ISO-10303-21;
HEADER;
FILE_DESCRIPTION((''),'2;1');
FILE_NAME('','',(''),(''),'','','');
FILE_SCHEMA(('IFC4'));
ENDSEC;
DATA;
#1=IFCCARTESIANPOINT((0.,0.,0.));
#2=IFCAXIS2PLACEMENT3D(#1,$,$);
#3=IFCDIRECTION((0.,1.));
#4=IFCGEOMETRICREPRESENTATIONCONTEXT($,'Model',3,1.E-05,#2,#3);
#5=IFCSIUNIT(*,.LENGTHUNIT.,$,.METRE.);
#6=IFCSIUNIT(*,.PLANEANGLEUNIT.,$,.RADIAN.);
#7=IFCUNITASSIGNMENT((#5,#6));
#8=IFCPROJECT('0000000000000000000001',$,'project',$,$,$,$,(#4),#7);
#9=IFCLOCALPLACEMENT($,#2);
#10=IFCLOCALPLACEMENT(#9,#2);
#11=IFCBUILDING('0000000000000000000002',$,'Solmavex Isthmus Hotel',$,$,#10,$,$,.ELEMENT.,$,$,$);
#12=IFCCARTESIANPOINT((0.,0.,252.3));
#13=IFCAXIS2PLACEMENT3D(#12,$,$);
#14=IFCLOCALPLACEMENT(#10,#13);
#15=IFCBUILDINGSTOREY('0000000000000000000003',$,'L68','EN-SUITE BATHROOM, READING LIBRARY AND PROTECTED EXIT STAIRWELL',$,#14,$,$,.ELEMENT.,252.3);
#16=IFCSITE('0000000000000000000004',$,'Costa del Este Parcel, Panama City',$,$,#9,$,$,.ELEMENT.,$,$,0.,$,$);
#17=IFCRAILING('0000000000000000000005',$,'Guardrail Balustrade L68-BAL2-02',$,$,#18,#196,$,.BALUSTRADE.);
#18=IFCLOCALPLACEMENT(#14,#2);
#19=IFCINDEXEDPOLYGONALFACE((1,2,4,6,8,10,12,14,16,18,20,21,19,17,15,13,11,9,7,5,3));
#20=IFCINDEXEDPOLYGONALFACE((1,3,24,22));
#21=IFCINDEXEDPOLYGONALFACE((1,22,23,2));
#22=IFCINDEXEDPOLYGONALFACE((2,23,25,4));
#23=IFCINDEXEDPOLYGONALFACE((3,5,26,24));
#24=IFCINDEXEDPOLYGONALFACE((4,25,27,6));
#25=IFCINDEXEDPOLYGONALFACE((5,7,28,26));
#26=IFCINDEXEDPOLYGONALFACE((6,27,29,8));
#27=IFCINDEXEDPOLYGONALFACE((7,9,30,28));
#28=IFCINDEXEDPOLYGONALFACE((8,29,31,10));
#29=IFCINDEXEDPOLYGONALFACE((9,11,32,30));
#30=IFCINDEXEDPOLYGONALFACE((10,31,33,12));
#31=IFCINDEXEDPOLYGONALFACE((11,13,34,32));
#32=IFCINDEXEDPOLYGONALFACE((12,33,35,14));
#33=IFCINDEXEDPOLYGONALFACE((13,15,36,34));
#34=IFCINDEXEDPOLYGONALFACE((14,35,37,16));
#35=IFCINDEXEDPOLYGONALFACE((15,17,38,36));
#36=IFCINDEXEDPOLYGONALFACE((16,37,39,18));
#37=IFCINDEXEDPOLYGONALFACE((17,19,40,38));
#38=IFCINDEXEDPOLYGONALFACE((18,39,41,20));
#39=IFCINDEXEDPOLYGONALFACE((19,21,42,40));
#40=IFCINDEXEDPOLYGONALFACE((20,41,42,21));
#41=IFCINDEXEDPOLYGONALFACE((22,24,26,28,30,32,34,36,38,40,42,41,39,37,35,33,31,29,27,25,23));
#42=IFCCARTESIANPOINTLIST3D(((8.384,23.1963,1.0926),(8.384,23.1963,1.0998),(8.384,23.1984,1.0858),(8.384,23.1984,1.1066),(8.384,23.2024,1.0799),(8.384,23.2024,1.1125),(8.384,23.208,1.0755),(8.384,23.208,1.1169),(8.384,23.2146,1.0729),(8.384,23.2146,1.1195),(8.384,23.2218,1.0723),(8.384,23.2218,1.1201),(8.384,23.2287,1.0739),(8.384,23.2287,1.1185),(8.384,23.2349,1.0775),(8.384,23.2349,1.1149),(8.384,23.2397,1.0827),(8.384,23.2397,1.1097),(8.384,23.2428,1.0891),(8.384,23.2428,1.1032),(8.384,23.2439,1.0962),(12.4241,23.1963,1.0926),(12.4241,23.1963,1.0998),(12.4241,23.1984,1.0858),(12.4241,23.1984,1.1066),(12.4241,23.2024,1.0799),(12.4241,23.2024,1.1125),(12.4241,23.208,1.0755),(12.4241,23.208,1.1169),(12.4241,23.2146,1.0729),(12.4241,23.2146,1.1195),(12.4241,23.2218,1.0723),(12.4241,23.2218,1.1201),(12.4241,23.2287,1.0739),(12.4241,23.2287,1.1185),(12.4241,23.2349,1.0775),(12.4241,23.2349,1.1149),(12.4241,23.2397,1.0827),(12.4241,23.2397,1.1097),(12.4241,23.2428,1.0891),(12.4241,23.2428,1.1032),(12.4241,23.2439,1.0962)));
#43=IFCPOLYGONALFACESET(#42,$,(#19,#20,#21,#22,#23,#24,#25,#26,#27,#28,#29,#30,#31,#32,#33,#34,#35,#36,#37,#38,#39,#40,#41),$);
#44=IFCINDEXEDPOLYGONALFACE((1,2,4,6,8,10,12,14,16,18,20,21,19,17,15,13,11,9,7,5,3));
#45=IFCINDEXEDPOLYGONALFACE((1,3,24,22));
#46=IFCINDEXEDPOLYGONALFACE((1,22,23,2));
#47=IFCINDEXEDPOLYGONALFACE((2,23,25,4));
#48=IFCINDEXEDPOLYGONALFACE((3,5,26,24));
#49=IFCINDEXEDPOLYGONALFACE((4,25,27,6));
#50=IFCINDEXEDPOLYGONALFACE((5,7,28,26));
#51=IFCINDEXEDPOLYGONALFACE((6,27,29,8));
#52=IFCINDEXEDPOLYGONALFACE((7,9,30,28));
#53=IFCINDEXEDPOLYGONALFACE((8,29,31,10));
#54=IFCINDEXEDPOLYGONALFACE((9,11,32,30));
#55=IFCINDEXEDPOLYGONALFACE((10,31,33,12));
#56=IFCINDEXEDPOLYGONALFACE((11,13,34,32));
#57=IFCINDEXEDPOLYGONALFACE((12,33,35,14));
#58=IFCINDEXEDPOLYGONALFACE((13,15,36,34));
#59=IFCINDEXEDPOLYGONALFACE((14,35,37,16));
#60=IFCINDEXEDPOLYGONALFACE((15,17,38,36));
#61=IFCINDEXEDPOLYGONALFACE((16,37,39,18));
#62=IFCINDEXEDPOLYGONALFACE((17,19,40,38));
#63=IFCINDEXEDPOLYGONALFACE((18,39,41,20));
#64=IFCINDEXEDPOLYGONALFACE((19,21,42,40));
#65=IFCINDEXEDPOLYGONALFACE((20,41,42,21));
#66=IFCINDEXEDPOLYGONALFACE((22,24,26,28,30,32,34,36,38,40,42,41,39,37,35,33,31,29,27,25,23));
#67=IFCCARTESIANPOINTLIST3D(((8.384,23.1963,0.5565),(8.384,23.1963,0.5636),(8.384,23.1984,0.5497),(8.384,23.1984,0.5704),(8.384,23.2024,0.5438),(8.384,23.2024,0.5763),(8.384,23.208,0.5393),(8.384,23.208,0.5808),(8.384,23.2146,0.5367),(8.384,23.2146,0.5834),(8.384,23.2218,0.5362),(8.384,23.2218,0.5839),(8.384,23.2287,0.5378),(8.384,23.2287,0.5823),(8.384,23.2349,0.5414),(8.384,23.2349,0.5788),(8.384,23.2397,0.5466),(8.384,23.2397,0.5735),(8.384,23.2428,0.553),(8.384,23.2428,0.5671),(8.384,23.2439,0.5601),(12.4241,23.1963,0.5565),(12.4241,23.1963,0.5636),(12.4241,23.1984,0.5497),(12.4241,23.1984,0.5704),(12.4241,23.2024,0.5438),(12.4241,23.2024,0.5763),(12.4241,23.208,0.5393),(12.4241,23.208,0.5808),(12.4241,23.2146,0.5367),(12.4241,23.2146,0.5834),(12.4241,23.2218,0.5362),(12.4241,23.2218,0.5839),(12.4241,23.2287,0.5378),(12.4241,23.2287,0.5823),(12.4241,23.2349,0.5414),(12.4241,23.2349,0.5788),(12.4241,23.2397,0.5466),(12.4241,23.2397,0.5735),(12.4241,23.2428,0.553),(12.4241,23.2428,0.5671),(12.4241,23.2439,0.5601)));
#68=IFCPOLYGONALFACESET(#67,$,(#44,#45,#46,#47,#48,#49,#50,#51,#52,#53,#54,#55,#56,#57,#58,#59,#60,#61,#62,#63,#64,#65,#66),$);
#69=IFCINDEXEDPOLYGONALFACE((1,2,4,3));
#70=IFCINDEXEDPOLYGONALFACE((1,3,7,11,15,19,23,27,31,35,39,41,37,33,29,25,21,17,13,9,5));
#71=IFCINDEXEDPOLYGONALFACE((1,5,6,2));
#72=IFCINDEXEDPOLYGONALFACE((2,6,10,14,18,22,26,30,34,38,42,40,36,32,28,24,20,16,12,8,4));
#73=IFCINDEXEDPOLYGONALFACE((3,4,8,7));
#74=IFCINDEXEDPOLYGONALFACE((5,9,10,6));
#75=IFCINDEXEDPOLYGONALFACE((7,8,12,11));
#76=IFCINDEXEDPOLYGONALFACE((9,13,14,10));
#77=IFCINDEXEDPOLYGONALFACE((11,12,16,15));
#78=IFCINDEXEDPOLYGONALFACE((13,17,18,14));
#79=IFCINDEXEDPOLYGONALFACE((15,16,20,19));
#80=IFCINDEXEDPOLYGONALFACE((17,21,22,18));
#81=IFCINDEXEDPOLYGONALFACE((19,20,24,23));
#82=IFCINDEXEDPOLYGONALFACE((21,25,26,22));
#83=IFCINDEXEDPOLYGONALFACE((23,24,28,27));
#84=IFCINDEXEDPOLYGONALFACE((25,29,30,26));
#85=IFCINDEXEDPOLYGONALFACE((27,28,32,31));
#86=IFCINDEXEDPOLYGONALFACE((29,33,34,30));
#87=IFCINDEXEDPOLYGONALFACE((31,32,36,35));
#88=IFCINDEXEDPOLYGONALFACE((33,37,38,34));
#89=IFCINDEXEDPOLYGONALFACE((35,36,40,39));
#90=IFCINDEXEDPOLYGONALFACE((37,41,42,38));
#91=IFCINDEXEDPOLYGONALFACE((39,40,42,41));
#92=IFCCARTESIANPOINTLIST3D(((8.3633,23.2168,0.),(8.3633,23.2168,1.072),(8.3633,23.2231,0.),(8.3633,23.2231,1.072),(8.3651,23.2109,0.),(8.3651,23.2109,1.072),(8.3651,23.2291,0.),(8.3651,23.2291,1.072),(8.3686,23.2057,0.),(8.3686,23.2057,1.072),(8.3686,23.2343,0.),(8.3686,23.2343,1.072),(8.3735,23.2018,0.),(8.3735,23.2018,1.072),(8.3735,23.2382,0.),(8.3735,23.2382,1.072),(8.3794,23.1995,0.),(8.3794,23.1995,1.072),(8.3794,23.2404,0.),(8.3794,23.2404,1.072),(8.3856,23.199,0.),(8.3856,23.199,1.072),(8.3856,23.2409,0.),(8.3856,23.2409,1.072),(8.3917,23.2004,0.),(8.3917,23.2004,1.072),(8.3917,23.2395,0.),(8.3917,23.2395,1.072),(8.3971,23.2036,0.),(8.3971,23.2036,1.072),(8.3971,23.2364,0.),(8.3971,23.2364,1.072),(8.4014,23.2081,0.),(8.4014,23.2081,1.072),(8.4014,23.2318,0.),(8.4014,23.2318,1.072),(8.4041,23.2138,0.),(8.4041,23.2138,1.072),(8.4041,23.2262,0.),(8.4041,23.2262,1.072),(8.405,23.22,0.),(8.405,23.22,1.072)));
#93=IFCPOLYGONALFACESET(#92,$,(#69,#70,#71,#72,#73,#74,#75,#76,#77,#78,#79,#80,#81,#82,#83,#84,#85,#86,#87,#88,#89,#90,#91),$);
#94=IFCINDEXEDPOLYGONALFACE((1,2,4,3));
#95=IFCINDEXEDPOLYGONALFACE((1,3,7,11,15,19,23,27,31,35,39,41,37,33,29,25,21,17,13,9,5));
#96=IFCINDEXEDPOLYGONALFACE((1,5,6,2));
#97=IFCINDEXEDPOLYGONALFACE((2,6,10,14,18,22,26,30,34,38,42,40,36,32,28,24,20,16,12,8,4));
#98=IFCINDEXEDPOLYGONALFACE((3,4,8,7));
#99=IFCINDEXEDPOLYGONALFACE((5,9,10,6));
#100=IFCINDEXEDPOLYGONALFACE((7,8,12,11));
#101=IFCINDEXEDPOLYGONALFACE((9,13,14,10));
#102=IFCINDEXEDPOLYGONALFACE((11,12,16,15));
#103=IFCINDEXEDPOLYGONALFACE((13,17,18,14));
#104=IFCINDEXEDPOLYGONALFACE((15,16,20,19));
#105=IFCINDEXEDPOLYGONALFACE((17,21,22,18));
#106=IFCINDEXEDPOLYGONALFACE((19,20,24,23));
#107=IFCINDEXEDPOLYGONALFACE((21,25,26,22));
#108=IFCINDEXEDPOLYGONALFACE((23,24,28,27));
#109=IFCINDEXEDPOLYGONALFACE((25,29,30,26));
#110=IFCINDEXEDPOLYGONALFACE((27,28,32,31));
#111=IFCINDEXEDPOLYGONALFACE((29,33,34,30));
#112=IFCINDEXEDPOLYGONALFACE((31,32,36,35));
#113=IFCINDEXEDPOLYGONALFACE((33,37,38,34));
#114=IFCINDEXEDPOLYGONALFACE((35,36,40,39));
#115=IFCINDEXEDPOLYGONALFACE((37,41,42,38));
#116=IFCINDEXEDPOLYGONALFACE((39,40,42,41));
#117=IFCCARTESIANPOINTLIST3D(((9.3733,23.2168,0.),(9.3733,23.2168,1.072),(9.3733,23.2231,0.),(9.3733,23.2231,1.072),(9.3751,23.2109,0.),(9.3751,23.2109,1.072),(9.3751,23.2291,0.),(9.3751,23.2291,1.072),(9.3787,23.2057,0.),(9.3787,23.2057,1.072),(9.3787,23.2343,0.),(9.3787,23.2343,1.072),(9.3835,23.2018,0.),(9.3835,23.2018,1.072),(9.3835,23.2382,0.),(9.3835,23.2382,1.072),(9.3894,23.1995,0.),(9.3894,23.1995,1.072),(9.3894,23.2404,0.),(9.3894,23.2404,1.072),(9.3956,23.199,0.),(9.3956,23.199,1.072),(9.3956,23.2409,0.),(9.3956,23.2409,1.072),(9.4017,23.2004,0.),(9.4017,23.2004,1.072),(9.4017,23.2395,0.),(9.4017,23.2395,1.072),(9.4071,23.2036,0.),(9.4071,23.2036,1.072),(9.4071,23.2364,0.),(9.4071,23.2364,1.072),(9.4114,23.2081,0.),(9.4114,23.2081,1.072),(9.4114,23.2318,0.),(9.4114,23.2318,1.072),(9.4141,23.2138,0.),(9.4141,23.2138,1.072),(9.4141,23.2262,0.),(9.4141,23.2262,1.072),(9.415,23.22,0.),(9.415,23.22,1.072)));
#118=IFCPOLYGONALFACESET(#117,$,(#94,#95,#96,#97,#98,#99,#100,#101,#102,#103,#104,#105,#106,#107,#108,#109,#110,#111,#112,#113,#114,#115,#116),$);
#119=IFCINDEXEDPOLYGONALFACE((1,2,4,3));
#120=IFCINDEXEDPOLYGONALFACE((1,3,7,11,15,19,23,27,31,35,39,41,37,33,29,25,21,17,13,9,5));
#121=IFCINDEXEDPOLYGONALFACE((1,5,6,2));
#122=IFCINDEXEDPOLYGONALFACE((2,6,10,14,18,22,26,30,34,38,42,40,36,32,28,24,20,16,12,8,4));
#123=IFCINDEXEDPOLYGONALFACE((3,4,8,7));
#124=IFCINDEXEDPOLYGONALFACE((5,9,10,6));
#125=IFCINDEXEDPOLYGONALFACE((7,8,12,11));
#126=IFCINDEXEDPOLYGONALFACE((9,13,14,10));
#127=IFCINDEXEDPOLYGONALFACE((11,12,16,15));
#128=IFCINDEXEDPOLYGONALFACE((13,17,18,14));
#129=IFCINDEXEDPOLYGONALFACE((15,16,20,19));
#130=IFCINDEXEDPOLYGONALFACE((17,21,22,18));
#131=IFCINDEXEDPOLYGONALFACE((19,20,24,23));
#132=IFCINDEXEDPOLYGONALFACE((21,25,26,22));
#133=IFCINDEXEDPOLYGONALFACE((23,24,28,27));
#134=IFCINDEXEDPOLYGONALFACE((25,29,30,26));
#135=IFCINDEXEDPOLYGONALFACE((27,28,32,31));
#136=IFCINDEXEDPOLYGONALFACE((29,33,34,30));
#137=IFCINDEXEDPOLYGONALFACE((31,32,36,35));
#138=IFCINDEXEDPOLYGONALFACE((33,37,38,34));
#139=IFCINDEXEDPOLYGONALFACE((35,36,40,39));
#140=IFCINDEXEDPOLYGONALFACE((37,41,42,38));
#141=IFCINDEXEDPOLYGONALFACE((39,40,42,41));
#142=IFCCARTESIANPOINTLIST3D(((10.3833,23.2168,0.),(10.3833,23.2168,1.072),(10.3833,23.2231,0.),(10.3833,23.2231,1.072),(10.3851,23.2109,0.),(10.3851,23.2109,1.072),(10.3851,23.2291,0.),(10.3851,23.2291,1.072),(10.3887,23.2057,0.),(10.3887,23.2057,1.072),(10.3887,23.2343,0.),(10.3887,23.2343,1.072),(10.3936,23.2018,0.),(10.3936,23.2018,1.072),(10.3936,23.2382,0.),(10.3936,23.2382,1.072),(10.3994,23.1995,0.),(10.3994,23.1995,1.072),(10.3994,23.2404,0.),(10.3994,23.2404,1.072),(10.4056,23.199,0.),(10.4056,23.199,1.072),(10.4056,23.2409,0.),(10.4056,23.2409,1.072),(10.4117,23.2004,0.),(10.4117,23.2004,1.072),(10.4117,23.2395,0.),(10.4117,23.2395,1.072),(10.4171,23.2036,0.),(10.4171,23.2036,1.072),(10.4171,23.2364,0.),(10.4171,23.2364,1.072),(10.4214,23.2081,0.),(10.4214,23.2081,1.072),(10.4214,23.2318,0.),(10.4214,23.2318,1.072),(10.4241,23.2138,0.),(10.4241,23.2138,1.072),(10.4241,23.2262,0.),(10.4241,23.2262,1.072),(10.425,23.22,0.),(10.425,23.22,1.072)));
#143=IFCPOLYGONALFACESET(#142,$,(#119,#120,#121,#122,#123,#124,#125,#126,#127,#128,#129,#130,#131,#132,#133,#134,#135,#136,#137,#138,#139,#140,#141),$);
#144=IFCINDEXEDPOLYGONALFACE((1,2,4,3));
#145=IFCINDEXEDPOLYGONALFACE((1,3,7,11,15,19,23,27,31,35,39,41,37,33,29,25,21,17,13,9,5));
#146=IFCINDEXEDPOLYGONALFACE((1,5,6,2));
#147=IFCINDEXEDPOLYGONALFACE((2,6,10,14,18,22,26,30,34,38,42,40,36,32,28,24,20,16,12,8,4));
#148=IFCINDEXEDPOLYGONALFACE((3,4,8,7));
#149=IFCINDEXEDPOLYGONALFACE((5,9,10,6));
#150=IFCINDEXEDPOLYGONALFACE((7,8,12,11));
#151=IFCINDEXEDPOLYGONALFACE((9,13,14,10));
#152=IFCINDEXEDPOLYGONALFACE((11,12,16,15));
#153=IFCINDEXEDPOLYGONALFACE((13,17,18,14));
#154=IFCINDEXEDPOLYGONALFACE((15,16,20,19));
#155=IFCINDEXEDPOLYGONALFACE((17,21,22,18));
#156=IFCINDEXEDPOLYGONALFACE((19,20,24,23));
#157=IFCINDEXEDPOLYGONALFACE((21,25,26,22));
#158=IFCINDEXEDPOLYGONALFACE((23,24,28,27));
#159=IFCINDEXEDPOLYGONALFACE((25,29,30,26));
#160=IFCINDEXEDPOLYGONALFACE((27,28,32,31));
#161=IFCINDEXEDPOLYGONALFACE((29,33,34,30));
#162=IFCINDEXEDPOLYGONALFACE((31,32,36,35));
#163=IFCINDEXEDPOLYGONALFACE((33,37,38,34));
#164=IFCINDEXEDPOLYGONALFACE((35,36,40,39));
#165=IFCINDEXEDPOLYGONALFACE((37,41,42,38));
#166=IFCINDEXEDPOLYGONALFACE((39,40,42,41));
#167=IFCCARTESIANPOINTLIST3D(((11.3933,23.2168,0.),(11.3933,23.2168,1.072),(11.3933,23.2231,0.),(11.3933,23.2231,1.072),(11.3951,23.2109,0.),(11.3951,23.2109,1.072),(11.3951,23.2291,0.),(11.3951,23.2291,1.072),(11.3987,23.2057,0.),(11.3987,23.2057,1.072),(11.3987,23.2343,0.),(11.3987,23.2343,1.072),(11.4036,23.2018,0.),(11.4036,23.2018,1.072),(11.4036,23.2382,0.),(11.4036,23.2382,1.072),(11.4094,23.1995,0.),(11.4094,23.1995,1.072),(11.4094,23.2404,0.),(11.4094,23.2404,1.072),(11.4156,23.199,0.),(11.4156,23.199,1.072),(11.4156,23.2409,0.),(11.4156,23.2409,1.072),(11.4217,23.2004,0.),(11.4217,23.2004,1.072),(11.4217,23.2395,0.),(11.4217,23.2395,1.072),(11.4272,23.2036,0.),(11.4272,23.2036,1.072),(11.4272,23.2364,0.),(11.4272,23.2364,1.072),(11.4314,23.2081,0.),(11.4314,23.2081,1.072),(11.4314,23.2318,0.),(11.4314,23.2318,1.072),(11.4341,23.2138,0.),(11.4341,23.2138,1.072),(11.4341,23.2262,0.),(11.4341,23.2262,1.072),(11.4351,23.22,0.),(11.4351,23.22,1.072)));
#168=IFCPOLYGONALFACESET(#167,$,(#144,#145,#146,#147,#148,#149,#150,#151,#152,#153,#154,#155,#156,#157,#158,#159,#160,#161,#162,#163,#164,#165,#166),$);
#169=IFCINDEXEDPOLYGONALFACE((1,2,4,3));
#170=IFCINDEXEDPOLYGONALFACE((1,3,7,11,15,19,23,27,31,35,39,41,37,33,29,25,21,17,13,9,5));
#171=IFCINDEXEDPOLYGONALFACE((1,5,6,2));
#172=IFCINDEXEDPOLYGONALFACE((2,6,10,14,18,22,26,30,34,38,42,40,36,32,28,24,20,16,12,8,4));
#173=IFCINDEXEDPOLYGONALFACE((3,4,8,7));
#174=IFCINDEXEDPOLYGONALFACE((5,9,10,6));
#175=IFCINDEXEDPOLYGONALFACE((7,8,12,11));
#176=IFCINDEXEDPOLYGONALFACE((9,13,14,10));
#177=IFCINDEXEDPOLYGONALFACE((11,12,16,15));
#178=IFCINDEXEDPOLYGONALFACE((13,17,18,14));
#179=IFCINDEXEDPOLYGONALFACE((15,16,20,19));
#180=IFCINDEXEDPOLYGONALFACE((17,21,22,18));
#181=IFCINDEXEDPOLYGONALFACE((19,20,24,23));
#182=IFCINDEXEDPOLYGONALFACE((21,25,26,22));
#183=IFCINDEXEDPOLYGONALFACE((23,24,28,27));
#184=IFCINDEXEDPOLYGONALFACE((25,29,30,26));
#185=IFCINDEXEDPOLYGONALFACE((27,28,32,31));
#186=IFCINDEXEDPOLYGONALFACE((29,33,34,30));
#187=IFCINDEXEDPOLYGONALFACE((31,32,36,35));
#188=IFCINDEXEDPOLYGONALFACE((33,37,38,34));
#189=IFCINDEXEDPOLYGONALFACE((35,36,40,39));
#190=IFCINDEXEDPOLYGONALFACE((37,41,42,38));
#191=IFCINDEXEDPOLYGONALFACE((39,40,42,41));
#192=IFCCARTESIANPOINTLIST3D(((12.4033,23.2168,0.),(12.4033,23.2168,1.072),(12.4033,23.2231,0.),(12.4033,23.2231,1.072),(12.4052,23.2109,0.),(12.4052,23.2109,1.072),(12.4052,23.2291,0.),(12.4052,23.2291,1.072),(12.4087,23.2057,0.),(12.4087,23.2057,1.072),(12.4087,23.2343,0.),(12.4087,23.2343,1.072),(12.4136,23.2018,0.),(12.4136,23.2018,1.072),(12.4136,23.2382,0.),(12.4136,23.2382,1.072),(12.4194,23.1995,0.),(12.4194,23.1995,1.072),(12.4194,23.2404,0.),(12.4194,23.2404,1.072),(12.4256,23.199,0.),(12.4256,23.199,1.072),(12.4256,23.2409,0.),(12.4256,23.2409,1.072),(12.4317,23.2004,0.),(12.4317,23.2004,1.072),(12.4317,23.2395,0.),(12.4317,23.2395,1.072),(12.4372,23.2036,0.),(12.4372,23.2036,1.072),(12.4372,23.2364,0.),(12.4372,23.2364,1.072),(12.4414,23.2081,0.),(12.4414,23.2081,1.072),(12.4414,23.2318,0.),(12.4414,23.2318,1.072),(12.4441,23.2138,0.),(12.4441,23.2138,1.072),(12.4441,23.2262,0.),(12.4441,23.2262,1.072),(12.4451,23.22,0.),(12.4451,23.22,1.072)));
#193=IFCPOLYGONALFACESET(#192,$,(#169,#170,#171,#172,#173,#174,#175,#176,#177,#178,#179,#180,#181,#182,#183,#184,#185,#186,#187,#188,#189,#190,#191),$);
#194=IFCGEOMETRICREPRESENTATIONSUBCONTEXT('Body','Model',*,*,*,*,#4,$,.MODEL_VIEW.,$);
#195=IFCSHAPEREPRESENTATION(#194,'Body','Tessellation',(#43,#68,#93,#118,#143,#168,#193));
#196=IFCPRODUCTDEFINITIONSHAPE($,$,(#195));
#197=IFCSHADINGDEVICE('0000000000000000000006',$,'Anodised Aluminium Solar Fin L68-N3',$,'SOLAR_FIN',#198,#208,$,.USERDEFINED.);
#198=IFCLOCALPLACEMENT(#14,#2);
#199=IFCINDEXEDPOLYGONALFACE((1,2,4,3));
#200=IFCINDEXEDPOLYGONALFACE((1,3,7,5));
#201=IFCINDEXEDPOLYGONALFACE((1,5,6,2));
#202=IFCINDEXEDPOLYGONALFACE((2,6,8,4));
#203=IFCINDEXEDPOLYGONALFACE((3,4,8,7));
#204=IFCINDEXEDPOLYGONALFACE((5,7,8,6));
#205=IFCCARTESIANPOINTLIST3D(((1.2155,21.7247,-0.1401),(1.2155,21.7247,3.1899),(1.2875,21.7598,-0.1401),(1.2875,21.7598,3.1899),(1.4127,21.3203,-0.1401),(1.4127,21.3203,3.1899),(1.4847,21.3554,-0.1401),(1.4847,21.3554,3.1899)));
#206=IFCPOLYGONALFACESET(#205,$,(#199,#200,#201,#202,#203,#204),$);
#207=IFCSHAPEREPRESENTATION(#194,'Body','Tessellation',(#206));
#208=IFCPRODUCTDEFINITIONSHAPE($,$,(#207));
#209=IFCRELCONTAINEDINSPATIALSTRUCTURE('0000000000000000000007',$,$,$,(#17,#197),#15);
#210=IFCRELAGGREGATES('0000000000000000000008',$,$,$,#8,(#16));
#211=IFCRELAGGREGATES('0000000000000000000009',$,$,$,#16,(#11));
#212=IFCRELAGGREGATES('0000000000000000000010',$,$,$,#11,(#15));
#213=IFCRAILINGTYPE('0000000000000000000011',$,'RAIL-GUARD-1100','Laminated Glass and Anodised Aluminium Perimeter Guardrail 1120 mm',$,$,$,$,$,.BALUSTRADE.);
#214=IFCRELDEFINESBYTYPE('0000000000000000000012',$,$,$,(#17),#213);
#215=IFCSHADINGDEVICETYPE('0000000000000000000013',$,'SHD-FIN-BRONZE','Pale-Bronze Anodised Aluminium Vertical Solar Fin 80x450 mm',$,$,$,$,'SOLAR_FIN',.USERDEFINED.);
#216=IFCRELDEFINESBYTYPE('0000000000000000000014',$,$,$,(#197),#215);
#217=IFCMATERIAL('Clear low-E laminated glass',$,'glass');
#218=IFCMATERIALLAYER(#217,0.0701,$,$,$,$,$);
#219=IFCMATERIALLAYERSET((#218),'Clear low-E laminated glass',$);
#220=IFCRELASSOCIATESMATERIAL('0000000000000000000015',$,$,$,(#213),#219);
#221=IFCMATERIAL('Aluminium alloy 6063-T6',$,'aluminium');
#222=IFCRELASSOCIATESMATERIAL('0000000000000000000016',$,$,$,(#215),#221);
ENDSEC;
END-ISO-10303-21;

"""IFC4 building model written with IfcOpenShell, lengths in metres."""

from ifc_helpers import new_model, si_unit, direction, frame, origin, origin_2d, place, context, subcontext, project, spatial, rectangle, circle, extrude, material, layer, layer_set, type_object, element, save


model = new_model("IFC4")

# Units and contexts
model_context = context("Model", 3, precision=1e-05, world=origin(), true_north=direction((0.0, 1.0)))
body_context = subcontext(model_context, "Body", "Model", "MODEL_VIEW")
ifc_project = project(units=[si_unit("LENGTHUNIT", "METRE"), si_unit("PLANEANGLEUNIT", "RADIAN")], contexts=[model_context])

# Site, building, storey
site_placement = place(None, origin())
site = spatial("IfcSite", under=ifc_project, at=site_placement, Name="Costa del Este Parcel, Panama City", CompositionType="ELEMENT", RefElevation=0.0)
building_placement = place(site_placement, origin())
building = spatial("IfcBuilding", under=site, at=building_placement, Name="Solmavex Isthmus Hotel", CompositionType="ELEMENT")
storey_placement = place(building_placement, frame((0.0, 0.0, 252.3)))
storey = spatial("IfcBuildingStorey", under=building, at=storey_placement, Name="L68", Description="EN-SUITE BATHROOM, READING LIBRARY AND PROTECTED EXIT STAIRWELL", CompositionType="ELEMENT", Elevation=252.3)

# Shared definitions
ifc_material_1 = material(Name="Aluminium alloy 6063-T6", Category="aluminium")

# Shared definitions
ifc_material_2 = material(Name="Clear low-E laminated glass", Category="glass")

# Railing
ifc_layer_1 = layer(ifc_material_2, 0.0701)
ifc_layer_set_1 = layer_set([ifc_layer_1], Name="Clear low-E laminated glass")
railing_type = type_object("IfcRailingType", Name="RAIL-GUARD-1100", Description="Laminated Glass and Anodised Aluminium Perimeter Guardrail 1120 mm", PredefinedType="BALUSTRADE", material=ifc_layer_set_1)
railing_1_placement = place(storey_placement, frame((8.384, 23.22, 0.0)))
element("IfcRailing", 1, at=railing_1_placement, inside=storey, type_object=railing_type, Name="Guardrail Balustrade L68-BAL2-02", PredefinedType="BALUSTRADE", context=body_context, shape_type="SweptSolid", body=[
    extrude(circle(Radius=0.0239, at=origin_2d()), frame((0.0, 0.0, 1.0962), z_axis=(1.0, 0.0, 0.0), x_axis=(0.0, 1.0, 0.0)), (0.0, 0.0, 1.0), 4.04),
    extrude(circle(Radius=0.0239, at=origin_2d()), frame((0.0, 0.0, 0.5601), z_axis=(1.0, 0.0, 0.0), x_axis=(0.0, 1.0, 0.0)), (0.0, 0.0, 1.0), 4.04),
    extrude(circle(Radius=0.021, at=origin_2d()), origin(), (0.0, 0.0, 1.0), 1.072),
    extrude(circle(Radius=0.021, at=origin_2d()), frame((1.01, 0.0, 0.0)), (0.0, 0.0, 1.0), 1.072),
    extrude(circle(Radius=0.021, at=origin_2d()), frame((2.02, 0.0, 0.0)), (0.0, 0.0, 1.0), 1.072),
    extrude(circle(Radius=0.021, at=origin_2d()), frame((3.03, 0.0, 0.0)), (0.0, 0.0, 1.0), 1.072),
    extrude(circle(Radius=0.021, at=origin_2d()), frame((4.04, 0.0, 0.0)), (0.0, 0.0, 1.0), 1.072),
])

# Shading device
shading_device_type = type_object("IfcShadingDeviceType", Name="SHD-FIN-BRONZE", Description="Pale-Bronze Anodised Aluminium Vertical Solar Fin 80x450 mm", ElementType="SOLAR_FIN", PredefinedType="USERDEFINED", material=ifc_material_1)
shading_device_placement = place(storey_placement, frame((1.3501, 21.54, -0.1401), z_axis=(0.0, 0.0, 1.0), x_axis=(-0.438371, 0.898794, 0.0)))
element("IfcShadingDevice", 2, at=shading_device_placement, inside=storey, type_object=shading_device_type, Name="Anodised Aluminium Solar Fin L68-N3", ObjectType="SOLAR_FIN", PredefinedType="USERDEFINED", context=body_context, shape_type="SweptSolid", body=[
    extrude(rectangle(XDim=0.45, YDim=0.0801, at=origin_2d()), origin(), (0.0, 0.0, 1.0), 3.3301),
])

save(model, "model.ifc")
